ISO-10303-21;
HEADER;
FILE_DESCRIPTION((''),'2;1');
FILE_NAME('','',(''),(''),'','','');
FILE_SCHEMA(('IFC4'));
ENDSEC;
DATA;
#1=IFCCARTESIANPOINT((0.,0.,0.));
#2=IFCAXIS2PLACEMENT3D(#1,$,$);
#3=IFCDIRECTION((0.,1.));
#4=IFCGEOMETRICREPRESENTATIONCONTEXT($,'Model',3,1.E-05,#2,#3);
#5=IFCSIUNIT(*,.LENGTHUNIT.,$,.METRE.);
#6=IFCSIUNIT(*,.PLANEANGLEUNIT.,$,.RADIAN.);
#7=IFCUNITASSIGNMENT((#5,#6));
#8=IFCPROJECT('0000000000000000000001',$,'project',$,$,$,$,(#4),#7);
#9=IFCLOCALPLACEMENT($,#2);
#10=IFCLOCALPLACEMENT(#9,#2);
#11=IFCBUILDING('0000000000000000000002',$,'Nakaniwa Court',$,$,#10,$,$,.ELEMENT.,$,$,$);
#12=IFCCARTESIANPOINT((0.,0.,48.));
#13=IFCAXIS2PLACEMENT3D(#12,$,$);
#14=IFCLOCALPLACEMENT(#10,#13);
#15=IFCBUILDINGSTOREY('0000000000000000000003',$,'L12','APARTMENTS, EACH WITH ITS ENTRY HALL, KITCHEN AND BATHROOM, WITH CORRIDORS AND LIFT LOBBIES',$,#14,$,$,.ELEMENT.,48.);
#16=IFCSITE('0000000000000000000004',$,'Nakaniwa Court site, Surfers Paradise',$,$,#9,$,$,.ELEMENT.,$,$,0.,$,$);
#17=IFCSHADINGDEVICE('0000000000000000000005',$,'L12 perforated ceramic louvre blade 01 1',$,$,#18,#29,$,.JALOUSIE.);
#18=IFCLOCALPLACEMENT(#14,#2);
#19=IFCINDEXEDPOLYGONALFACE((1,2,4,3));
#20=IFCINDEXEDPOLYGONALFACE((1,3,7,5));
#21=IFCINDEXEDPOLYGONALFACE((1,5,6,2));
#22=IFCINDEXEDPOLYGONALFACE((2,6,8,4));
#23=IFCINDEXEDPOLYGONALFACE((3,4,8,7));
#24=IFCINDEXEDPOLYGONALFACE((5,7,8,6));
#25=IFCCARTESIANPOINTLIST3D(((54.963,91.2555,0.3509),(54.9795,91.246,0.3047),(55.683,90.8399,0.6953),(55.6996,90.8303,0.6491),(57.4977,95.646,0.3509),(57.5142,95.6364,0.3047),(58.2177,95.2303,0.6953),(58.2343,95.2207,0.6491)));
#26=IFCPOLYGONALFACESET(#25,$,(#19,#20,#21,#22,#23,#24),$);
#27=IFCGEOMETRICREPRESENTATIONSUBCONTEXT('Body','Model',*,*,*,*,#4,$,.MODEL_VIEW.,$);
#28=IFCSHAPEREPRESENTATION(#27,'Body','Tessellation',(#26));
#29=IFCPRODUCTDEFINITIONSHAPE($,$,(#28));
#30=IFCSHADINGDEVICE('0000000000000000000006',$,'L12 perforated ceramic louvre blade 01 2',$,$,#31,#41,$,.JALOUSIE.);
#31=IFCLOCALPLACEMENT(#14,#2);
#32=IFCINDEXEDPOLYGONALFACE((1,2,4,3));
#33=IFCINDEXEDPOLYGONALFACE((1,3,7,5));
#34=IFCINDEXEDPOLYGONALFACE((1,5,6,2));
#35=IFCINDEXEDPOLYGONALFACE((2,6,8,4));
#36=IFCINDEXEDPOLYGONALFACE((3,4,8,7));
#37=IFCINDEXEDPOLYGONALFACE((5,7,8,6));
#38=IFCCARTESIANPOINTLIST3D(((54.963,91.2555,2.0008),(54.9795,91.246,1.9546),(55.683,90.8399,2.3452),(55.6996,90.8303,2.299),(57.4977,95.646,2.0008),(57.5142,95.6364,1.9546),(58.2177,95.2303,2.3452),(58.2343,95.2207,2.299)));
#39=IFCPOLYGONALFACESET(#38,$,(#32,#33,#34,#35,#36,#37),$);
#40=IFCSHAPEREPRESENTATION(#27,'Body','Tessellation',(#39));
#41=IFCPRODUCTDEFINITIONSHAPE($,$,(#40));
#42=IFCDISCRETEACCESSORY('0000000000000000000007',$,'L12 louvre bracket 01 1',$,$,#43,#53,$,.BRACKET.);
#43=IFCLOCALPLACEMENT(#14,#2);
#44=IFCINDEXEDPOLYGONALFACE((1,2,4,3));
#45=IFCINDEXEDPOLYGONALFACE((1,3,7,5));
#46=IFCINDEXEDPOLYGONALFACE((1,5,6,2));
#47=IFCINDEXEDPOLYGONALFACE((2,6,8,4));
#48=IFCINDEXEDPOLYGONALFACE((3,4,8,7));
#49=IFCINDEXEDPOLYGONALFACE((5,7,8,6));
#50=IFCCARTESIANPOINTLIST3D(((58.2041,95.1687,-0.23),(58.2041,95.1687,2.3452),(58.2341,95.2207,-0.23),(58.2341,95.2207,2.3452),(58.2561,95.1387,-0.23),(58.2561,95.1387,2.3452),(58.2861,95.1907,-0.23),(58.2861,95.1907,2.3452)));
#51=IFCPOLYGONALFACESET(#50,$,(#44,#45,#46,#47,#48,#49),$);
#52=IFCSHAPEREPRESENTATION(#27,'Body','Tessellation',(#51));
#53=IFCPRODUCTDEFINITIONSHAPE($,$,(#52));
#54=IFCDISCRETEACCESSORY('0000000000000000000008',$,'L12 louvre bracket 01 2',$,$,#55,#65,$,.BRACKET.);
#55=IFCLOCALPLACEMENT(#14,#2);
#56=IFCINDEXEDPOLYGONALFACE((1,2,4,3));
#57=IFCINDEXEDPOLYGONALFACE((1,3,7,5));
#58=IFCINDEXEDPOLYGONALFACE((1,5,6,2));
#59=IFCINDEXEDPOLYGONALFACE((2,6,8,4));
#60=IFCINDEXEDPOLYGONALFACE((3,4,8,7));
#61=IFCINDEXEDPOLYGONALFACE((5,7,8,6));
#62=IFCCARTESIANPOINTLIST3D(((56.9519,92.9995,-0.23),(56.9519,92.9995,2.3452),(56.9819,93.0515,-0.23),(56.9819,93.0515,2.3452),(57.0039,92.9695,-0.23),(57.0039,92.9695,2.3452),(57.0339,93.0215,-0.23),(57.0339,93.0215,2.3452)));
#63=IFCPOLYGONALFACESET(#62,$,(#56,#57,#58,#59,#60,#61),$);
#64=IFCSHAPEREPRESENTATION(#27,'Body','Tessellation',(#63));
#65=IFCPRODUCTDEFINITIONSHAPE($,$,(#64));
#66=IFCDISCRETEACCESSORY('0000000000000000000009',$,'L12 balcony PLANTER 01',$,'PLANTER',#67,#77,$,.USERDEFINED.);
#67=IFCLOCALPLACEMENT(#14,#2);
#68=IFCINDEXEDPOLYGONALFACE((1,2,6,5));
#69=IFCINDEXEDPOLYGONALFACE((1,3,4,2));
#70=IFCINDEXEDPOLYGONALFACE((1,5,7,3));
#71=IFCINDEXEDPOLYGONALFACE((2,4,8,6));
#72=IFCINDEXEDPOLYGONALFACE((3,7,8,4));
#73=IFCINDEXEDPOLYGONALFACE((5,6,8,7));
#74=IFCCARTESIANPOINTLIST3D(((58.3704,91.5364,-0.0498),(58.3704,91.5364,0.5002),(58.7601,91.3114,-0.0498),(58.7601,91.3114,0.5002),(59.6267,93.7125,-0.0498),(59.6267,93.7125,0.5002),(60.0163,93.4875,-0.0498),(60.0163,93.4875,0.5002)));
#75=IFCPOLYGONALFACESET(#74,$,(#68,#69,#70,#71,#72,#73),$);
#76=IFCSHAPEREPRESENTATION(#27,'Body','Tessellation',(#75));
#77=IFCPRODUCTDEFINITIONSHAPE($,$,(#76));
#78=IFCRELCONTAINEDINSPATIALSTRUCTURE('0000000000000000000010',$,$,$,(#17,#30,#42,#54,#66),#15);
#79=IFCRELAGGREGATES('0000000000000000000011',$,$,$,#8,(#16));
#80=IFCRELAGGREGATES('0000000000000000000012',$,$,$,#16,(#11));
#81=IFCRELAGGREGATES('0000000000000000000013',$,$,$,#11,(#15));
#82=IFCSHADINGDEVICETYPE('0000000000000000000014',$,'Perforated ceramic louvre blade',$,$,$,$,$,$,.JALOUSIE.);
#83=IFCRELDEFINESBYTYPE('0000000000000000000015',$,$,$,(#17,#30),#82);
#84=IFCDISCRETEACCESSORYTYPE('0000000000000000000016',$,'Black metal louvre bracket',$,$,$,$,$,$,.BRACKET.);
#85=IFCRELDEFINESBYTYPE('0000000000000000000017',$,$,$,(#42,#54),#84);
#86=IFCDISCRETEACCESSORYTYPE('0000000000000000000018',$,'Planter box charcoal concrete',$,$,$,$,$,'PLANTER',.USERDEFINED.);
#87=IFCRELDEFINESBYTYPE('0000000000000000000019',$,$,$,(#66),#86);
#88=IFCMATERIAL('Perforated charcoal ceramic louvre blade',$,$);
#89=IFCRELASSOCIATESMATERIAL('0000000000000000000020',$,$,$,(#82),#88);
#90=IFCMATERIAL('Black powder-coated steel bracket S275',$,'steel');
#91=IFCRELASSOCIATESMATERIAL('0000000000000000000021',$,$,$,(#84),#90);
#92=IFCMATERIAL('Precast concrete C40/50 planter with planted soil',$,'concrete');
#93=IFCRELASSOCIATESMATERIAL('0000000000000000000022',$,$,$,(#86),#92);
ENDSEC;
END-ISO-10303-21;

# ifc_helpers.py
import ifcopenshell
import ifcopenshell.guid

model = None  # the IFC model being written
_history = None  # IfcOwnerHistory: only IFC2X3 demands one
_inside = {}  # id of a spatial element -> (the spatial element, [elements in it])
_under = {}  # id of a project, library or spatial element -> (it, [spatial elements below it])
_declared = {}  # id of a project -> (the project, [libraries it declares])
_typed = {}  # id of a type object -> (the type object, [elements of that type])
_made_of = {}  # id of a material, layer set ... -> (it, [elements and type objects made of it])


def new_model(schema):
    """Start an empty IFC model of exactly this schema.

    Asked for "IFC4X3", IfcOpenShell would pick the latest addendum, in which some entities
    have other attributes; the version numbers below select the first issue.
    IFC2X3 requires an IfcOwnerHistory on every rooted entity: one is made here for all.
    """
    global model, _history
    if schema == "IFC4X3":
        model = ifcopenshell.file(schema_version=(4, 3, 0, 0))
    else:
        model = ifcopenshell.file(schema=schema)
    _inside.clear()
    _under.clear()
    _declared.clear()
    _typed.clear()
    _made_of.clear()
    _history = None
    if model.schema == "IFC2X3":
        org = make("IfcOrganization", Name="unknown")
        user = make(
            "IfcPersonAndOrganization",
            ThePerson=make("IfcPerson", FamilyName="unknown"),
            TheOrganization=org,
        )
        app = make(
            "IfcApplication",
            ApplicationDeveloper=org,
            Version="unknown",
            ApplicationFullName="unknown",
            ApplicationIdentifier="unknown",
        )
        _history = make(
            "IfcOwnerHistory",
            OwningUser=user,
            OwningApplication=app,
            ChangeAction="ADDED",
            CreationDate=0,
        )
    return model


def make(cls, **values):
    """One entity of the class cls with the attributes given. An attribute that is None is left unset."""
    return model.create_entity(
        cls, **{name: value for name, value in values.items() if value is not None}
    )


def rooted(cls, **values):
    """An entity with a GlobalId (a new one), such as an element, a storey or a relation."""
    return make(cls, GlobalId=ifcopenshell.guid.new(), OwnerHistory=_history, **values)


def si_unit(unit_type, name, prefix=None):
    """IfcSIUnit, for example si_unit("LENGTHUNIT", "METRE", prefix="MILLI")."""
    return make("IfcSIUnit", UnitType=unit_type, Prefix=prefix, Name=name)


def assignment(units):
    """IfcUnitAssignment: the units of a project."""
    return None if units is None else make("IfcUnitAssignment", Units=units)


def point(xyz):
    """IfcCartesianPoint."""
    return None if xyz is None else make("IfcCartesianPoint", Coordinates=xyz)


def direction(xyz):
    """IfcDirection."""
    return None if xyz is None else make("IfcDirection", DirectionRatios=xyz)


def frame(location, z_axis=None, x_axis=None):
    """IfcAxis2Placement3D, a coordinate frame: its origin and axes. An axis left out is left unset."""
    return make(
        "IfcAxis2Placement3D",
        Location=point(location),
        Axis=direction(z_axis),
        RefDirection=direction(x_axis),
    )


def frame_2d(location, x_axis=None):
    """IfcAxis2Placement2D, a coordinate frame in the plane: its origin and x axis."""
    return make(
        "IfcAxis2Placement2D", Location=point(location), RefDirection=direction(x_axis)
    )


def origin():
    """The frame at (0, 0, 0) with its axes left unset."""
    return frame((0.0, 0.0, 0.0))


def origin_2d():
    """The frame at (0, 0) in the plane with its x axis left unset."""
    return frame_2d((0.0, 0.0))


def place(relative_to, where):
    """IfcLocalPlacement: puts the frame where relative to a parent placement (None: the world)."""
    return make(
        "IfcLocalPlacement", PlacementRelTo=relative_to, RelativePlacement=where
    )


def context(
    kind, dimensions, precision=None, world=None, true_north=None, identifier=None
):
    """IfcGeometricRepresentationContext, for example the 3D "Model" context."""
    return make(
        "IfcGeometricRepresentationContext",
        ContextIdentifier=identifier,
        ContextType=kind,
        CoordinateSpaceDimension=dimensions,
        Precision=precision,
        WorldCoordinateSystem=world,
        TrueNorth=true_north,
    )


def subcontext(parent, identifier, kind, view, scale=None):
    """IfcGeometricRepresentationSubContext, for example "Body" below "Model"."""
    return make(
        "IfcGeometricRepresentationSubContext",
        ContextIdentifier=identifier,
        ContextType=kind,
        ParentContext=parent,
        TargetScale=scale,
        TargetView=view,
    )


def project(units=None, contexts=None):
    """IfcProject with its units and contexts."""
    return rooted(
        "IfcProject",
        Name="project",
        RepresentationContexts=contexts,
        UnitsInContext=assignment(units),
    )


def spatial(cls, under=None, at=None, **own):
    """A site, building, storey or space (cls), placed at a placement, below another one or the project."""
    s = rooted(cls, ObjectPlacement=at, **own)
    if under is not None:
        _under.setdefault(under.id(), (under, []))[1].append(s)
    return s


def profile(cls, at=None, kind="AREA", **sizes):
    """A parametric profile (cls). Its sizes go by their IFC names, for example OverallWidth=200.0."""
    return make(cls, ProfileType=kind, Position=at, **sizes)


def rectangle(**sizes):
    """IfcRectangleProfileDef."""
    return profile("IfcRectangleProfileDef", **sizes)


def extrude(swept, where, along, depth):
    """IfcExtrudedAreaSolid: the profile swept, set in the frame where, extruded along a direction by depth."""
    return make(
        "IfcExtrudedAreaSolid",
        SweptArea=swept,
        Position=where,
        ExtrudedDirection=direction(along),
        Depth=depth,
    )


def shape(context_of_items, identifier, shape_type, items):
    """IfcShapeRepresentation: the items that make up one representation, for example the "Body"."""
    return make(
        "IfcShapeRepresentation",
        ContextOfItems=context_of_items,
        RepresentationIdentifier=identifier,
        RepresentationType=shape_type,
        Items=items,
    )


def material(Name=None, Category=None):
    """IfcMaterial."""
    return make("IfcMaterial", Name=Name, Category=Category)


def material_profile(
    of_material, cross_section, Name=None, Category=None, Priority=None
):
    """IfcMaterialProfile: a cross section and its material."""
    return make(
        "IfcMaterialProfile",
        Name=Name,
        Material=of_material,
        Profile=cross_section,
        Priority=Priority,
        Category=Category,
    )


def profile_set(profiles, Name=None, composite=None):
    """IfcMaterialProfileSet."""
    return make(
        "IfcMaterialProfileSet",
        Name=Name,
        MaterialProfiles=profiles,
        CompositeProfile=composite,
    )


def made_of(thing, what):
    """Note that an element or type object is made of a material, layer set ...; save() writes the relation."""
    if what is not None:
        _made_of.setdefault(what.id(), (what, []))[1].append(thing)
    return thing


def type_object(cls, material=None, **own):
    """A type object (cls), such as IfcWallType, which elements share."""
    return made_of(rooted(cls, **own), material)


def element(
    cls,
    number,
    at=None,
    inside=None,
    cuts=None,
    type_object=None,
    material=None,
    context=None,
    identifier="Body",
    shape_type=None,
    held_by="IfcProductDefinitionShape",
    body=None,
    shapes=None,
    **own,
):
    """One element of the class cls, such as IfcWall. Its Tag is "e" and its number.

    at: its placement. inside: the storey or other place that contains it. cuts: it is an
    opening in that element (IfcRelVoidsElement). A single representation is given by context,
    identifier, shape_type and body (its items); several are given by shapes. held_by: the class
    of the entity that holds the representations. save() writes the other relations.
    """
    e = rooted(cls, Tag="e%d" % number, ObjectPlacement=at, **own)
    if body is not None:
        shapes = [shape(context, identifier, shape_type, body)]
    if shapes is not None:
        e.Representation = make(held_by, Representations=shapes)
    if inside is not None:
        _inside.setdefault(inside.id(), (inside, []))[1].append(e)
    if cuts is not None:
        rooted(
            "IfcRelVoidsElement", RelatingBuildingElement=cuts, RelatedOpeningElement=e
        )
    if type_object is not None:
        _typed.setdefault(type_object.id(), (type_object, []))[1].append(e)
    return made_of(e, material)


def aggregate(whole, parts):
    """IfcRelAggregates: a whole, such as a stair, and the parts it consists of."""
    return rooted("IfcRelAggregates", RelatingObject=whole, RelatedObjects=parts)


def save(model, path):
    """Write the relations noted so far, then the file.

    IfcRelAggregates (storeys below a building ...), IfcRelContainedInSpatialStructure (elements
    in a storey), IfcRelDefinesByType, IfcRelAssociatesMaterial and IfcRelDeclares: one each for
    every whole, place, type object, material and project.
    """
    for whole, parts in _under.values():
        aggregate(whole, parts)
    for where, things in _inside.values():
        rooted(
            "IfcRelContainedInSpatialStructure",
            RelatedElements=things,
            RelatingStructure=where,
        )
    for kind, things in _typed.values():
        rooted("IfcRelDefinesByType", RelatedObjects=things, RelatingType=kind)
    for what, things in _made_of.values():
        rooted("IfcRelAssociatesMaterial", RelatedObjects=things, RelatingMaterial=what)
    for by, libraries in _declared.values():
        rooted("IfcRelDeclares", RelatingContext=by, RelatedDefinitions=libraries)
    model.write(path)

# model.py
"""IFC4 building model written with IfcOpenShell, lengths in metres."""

from ifc_helpers import new_model, si_unit, direction, frame, origin, origin_2d, place, context, subcontext, project, spatial, rectangle, extrude, material, material_profile, profile_set, type_object, element, save


model = new_model("IFC4")

# Units and contexts
model_context = context("Model", 3, precision=1e-05, world=origin(), true_north=direction((0.0, 1.0)))
body_context = subcontext(model_context, "Body", "Model", "MODEL_VIEW")
ifc_project = project(units=[si_unit("LENGTHUNIT", "METRE"), si_unit("PLANEANGLEUNIT", "RADIAN")], contexts=[model_context])

# Site, building, storey
site_placement = place(None, origin())
site = spatial("IfcSite", under=ifc_project, at=site_placement, Name="Nakaniwa Court site, Surfers Paradise", CompositionType="ELEMENT", RefElevation=0.0)
building_placement = place(site_placement, origin())
building = spatial("IfcBuilding", under=site, at=building_placement, Name="Nakaniwa Court", CompositionType="ELEMENT")
storey_placement = place(building_placement, frame((0.0, 0.0, 48.0)))
storey = spatial("IfcBuildingStorey", under=building, at=storey_placement, Name="L12", Description="APARTMENTS, EACH WITH ITS ENTRY HALL, KITCHEN AND BATHROOM, WITH CORRIDORS AND LIFT LOBBIES", CompositionType="ELEMENT", Elevation=48.0)

# Shading devices
ifc_material_1 = material(Name="Perforated charcoal ceramic louvre blade")
ifc_material_profile_1 = material_profile(ifc_material_1, rectangle(XDim=0.8999, YDim=0.05, at=origin_2d()), Name="Perforated ceramic louvre blade")
ifc_profile_set_1 = profile_set([ifc_material_profile_1], Name="Perforated charcoal ceramic louvre blade")
shading_device_type_1 = type_object("IfcShadingDeviceType", Name="Perforated ceramic louvre blade", PredefinedType="JALOUSIE", material=ifc_profile_set_1)
for number, where, z_axis, x_axis, name in (
    (1, (57.866, 95.4333, 0.5), (-0.499982, -0.866036, 0.0), (0.800113, -0.461923, 0.382683), "L12 perforated ceramic louvre blade 01 1"),
    (2, (57.866, 95.4333, 2.1499), (-0.499982, -0.866036, 0.0), (0.800113, -0.461923, 0.382683), "L12 perforated ceramic louvre blade 01 2"),
):
    element("IfcShadingDevice", number, at=place(storey_placement, frame(where, z_axis=z_axis, x_axis=x_axis)), inside=storey, type_object=shading_device_type_1, Name=name, PredefinedType="JALOUSIE", context=body_context, shape_type="SweptSolid", body=[
        extrude(rectangle(XDim=0.8999, YDim=0.05, at=origin_2d()), origin(), (0.0, 0.0, 1.0), 5.0696),
    ])

# Discrete accessories
ifc_material_2 = material(Name="Black powder-coated steel bracket S275", Category="steel")
discrete_accessory_type_1 = type_object("IfcDiscreteAccessoryType", Name="Black metal louvre bracket", PredefinedType="BRACKET", material=ifc_material_2)
for number, where, z_axis, x_axis, name in (
    (3, (58.2451, 95.1797, -0.23), (0.0, 0.0, 1.0), (-0.499974, -0.86604, 0.0), "L12 louvre bracket 01 1"),
    (4, (56.9929, 93.0105, -0.23), (0.0, 0.0, 1.0), (-0.499974, -0.86604, 0.0), "L12 louvre bracket 01 2"),
):
    element("IfcDiscreteAccessory", number, at=place(storey_placement, frame(where, z_axis=z_axis, x_axis=x_axis)), inside=storey, type_object=discrete_accessory_type_1, Name=name, PredefinedType="BRACKET", context=body_context, shape_type="SweptSolid", body=[
        extrude(rectangle(XDim=0.0601, YDim=0.0601, at=origin_2d()), origin(), (0.0, 0.0, 1.0), 2.5752),
    ])
ifc_material_3 = material(Name="Precast concrete C40/50 planter with planted soil", Category="concrete")
discrete_accessory_type_2 = type_object("IfcDiscreteAccessoryType", Name="Planter box charcoal concrete", ElementType="PLANTER", PredefinedType="USERDEFINED", material=ifc_material_3)
discrete_accessory_placement = place(storey_placement, frame((59.1934, 92.512, -0.0498), z_axis=(0.0, 0.0, 1.0), x_axis=(-0.499974, -0.86604, 0.0)))
element("IfcDiscreteAccessory", 5, at=discrete_accessory_placement, inside=storey, type_object=discrete_accessory_type_2, Name="L12 balcony PLANTER 01", ObjectType="PLANTER", PredefinedType="USERDEFINED", context=body_context, shape_type="SweptSolid", body=[
    extrude(rectangle(XDim=2.5127, YDim=0.45, at=origin_2d()), origin(), (0.0, 0.0, 1.0), 0.55),
])

save(model, "model.ifc")
